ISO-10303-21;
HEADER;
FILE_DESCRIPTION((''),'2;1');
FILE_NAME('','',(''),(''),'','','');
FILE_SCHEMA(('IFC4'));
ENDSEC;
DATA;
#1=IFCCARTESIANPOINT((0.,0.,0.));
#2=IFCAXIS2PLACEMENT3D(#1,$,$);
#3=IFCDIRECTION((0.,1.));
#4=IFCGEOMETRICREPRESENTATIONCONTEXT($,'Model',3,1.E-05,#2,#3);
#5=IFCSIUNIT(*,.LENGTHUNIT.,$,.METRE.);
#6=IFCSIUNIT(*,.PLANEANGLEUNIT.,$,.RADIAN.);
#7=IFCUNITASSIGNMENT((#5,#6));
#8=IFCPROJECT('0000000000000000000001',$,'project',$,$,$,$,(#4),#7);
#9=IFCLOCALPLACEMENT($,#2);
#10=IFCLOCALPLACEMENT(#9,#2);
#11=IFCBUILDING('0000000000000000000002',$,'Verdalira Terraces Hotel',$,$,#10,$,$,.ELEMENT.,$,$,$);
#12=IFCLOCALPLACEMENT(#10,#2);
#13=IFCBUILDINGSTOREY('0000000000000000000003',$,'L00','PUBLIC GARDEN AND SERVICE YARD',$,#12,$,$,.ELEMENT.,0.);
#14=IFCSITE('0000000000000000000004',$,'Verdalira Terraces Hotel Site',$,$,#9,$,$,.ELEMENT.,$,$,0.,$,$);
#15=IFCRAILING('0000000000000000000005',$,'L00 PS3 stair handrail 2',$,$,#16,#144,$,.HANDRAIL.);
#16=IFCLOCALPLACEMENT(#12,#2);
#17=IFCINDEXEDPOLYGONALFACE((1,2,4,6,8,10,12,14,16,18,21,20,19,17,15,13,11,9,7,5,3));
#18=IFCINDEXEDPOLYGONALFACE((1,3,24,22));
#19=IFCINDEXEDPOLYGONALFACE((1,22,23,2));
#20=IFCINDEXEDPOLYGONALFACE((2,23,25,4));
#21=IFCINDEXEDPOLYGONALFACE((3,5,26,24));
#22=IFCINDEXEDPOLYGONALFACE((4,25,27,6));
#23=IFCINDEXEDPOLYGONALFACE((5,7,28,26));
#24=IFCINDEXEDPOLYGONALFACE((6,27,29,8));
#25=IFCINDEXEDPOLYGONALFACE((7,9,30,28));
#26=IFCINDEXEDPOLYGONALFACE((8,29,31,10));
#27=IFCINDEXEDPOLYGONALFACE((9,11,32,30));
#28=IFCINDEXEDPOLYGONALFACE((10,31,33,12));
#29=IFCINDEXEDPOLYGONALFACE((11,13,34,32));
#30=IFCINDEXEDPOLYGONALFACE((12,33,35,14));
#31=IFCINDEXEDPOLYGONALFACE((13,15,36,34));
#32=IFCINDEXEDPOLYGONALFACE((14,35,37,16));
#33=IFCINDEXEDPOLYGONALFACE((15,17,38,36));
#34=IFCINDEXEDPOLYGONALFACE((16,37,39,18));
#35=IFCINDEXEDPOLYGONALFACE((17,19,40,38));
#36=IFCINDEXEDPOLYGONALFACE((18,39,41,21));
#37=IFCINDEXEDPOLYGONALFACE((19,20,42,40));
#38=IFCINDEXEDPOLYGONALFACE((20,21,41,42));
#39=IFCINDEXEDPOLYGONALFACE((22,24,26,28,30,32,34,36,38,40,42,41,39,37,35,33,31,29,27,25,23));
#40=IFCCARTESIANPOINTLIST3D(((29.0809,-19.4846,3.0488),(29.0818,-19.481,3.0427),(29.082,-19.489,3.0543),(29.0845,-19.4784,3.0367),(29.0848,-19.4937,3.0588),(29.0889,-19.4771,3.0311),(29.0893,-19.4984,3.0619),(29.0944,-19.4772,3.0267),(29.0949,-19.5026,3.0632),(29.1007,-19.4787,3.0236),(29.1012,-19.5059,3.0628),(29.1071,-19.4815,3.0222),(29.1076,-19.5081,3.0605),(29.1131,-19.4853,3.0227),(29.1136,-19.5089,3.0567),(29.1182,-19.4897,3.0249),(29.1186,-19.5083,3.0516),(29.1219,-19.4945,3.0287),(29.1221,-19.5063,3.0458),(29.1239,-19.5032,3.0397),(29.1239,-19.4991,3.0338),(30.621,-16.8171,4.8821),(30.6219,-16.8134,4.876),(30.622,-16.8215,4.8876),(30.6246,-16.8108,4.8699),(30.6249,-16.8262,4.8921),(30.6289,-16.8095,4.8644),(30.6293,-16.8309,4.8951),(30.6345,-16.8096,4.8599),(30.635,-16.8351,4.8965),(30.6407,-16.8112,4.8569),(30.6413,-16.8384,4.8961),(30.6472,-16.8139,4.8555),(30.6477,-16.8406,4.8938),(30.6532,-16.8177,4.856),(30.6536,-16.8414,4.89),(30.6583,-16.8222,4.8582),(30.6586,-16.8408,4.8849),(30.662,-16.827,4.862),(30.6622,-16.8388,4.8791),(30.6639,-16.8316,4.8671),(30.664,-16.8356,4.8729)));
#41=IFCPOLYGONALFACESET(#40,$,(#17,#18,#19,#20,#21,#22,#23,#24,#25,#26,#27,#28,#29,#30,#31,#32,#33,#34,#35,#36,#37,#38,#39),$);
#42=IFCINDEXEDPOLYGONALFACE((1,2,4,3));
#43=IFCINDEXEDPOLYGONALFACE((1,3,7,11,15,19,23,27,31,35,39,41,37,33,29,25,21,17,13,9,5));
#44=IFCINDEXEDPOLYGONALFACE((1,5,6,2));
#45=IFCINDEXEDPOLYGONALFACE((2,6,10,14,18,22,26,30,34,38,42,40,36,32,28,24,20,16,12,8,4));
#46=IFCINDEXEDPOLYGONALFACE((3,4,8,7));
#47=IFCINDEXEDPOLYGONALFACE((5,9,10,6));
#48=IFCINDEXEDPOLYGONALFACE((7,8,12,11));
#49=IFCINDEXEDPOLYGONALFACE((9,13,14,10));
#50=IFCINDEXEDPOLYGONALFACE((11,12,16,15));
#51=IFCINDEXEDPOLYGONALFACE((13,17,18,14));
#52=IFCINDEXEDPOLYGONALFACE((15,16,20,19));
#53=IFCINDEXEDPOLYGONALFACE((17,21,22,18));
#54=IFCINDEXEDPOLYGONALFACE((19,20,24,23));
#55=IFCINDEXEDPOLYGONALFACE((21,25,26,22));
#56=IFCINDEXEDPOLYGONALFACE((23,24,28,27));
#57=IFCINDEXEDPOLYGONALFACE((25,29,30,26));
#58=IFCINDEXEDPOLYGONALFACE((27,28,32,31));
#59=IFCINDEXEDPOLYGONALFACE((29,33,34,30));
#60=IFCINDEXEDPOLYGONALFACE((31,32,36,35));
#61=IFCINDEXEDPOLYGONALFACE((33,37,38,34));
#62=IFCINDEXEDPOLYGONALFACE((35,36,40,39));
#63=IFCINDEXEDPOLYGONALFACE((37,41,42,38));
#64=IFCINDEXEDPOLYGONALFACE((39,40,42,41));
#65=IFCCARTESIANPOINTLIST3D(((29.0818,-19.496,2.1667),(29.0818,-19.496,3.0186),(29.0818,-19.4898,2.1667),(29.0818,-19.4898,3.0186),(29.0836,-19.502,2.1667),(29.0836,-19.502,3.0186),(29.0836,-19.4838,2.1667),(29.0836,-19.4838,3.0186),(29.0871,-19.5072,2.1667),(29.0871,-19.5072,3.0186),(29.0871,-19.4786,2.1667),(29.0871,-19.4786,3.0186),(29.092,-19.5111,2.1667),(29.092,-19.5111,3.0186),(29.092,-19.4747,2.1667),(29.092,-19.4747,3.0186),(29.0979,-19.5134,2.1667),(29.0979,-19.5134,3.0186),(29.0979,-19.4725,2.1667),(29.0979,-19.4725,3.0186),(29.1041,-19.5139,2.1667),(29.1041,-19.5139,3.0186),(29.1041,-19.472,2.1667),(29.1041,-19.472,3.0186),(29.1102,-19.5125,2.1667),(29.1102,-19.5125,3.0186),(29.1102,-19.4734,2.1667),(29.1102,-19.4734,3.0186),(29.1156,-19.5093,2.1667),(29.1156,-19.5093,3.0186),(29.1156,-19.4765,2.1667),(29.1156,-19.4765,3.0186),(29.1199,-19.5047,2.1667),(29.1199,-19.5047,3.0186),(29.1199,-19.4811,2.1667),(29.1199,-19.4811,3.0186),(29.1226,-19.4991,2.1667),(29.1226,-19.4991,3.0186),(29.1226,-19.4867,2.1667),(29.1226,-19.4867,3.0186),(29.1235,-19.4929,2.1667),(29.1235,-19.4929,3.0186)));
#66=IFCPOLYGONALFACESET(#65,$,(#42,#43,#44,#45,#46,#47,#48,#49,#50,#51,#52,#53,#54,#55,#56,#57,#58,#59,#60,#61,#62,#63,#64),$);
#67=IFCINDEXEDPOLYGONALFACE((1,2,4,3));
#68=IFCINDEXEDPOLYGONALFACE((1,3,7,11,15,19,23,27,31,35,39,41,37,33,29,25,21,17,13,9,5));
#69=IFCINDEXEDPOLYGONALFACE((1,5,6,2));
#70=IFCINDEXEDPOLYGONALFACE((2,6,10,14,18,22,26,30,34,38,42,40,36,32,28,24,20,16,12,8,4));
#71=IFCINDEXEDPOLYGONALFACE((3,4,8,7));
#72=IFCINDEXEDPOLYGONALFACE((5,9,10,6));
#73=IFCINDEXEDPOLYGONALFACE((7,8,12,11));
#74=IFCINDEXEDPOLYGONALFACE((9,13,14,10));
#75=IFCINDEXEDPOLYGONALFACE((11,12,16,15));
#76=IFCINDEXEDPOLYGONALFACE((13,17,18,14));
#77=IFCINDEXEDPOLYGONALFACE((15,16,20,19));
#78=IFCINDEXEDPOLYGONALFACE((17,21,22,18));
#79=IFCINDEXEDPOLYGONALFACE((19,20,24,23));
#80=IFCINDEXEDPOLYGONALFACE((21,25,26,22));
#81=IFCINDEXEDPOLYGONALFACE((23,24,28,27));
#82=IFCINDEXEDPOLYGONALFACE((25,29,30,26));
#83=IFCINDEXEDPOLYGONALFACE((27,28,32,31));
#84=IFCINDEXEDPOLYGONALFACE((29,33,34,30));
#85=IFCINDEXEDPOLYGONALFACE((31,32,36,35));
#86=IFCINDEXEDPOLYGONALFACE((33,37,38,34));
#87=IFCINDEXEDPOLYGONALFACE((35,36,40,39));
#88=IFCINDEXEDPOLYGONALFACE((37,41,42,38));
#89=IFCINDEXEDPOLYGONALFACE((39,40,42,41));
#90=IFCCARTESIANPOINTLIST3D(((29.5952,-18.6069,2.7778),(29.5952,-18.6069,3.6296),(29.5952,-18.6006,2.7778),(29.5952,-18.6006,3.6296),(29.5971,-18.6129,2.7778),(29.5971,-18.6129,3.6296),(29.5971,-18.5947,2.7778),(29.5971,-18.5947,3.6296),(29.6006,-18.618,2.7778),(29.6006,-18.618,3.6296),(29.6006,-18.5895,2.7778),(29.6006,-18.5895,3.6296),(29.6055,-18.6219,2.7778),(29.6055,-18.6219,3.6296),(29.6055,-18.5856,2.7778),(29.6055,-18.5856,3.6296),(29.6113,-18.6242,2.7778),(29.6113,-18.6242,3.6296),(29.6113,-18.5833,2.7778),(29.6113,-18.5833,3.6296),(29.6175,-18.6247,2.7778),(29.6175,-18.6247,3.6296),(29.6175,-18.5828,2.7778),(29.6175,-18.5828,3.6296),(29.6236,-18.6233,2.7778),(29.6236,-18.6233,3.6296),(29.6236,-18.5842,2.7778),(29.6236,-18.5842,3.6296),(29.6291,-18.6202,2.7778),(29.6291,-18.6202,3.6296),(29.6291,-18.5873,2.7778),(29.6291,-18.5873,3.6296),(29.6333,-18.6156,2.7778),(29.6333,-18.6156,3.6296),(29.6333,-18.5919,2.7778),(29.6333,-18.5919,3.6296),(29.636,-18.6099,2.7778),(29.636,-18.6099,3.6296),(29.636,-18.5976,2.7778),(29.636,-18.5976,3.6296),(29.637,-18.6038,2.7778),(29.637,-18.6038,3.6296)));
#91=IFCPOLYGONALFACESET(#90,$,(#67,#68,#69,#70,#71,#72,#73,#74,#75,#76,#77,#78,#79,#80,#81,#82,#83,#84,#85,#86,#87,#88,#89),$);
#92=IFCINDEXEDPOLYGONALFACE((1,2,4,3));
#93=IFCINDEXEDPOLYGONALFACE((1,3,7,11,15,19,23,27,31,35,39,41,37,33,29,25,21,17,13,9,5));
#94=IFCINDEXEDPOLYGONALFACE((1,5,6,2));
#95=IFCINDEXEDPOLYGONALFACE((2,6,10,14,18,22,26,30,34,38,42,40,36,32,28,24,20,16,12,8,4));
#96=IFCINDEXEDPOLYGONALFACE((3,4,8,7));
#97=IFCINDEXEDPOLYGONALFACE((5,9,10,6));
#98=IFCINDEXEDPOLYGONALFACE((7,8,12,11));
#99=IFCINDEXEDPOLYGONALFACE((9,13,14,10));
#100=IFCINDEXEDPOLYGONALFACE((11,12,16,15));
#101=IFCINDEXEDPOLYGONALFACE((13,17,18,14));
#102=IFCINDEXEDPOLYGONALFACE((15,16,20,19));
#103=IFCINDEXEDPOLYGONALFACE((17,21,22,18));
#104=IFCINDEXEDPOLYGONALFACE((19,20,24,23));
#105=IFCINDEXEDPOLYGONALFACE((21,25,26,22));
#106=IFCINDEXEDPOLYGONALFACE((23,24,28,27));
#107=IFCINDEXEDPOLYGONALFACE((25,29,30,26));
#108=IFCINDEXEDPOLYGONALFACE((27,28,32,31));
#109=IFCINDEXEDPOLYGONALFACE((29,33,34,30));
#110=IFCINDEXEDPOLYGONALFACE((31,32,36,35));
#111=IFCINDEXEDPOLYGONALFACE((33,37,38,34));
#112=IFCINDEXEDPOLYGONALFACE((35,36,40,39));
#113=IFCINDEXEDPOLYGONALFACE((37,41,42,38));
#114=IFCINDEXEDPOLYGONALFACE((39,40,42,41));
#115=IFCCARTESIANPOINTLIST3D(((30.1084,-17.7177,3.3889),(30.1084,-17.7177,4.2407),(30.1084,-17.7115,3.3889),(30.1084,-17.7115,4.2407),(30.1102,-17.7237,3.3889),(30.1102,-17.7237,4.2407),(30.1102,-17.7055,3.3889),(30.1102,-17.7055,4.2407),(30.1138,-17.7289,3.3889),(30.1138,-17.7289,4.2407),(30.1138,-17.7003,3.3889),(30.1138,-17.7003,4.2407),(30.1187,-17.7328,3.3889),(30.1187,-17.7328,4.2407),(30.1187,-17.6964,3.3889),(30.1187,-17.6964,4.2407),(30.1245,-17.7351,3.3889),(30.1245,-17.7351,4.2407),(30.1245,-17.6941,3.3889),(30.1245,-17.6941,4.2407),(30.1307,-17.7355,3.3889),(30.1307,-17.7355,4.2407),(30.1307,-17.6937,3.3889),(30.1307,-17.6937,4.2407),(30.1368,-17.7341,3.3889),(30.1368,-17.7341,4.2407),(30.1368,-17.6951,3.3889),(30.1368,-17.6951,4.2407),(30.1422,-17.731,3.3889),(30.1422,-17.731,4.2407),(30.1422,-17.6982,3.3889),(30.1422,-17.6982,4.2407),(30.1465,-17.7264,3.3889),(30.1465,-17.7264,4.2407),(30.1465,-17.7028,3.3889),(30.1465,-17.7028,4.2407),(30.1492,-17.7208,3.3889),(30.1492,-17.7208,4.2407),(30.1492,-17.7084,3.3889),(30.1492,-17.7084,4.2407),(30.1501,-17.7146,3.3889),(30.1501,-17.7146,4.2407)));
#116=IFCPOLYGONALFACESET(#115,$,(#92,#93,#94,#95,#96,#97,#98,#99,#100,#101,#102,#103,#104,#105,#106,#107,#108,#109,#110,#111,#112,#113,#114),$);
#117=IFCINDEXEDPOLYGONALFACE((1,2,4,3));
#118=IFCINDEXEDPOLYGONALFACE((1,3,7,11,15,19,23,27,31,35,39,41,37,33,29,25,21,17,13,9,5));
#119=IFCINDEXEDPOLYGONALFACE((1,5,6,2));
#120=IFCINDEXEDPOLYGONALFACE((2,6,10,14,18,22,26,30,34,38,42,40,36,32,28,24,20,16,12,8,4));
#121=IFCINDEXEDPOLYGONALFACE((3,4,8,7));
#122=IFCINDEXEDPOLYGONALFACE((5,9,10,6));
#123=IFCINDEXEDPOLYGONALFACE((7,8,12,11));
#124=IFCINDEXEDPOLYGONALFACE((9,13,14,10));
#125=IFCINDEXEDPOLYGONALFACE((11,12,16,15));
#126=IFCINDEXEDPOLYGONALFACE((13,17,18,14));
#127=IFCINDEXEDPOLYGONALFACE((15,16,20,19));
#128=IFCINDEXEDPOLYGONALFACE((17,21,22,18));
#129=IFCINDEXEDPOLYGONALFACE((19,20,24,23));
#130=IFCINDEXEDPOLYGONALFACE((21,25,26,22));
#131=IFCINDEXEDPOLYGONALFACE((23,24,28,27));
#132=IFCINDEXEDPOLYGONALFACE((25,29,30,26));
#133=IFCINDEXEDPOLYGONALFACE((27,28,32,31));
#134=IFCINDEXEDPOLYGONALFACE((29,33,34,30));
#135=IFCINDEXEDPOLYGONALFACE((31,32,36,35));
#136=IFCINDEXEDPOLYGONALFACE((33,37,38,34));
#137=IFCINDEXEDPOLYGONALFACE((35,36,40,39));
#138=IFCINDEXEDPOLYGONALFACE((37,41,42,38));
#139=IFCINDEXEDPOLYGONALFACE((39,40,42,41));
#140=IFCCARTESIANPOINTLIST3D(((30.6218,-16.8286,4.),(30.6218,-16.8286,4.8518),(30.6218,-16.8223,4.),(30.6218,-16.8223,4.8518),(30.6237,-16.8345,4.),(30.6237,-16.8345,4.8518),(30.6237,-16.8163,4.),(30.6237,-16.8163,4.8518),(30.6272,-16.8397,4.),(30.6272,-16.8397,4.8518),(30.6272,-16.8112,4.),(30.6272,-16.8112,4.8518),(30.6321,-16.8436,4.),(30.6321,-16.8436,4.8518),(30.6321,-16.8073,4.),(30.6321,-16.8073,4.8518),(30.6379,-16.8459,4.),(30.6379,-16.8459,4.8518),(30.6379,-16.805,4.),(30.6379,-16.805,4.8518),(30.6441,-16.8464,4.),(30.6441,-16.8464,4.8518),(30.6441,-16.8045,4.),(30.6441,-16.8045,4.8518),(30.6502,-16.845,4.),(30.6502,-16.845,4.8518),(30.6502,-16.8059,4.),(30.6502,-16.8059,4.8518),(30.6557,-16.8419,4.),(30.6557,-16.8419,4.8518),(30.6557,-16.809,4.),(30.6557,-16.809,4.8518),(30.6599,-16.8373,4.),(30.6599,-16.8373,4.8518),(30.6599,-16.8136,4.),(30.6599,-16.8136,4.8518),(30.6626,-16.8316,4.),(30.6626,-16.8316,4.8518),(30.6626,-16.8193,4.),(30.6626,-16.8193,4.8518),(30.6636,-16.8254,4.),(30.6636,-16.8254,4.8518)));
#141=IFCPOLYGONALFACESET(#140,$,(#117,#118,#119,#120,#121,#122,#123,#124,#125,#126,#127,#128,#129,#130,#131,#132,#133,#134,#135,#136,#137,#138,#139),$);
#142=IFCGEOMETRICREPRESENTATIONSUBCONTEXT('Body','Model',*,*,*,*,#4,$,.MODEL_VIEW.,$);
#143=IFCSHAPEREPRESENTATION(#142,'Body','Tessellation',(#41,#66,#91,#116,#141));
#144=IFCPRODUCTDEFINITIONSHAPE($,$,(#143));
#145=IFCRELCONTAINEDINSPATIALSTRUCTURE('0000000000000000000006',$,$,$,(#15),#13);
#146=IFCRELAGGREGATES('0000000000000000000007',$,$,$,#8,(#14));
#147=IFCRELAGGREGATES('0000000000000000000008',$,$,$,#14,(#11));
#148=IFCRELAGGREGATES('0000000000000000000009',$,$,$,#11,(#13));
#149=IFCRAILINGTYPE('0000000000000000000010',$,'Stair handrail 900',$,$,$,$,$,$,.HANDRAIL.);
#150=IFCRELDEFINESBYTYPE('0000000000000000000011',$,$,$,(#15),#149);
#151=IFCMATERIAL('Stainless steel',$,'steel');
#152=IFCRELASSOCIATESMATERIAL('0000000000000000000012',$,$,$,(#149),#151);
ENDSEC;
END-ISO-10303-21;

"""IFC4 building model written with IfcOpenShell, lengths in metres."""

from ifc_helpers import new_model, si_unit, direction, frame, origin, origin_2d, place, context, subcontext, project, spatial, circle, extrude, material, type_object, element, save


model = new_model("IFC4")

# Units and contexts
model_context = context("Model", 3, precision=1e-05, world=origin(), true_north=direction((0.0, 1.0)))
body_context = subcontext(model_context, "Body", "Model", "MODEL_VIEW")
ifc_project = project(units=[si_unit("LENGTHUNIT", "METRE"), si_unit("PLANEANGLEUNIT", "RADIAN")], contexts=[model_context])

# Site, building, storey
site_placement = place(None, origin())
site = spatial("IfcSite", under=ifc_project, at=site_placement, Name="Verdalira Terraces Hotel Site", CompositionType="ELEMENT", RefElevation=0.0)
building_placement = place(site_placement, origin())
building = spatial("IfcBuilding", under=site, at=building_placement, Name="Verdalira Terraces Hotel", CompositionType="ELEMENT")
storey_placement = place(building_placement, origin())
storey = spatial("IfcBuildingStorey", under=building, at=storey_placement, Name="L00", Description="PUBLIC GARDEN AND SERVICE YARD", CompositionType="ELEMENT", Elevation=0.0)

# Railing
ifc_material_1 = material(Name="Stainless steel", Category="steel")
railing_type_1 = type_object("IfcRailingType", Name="Stair handrail 900", PredefinedType="HANDRAIL", material=ifc_material_1)
for number, where, name in (
    (1, (29.1025, -19.4929, 2.1667), "L00 PS3 stair handrail 2"),
):
    element("IfcRailing", number, at=place(storey_placement, frame(where)), inside=storey, type_object=railing_type_1, Name=name, PredefinedType="HANDRAIL", context=body_context, shape_type="SweptSolid", body=[
        extrude(circle(Radius=0.0239, at=origin_2d()), frame((0.0, 0.0, 0.876), z_axis=(0.429649, 0.74419, 0.511452), x_axis=(-0.86603, 0.499992, 0.0)), (0.0, 0.0, 1.0), 3.5845),
        extrude(circle(Radius=0.021, at=origin_2d()), origin(), (0.0, 0.0, 1.0), 0.8518),
        extrude(circle(Radius=0.021, at=origin_2d()), frame((0.5134, 0.8892, 0.6111)), (0.0, 0.0, 1.0), 0.8518),
        extrude(circle(Radius=0.021, at=origin_2d()), frame((1.0266, 1.7783, 1.2222)), (0.0, 0.0, 1.0), 0.8518),
        extrude(circle(Radius=0.021, at=origin_2d()), frame((1.54, 2.6675, 1.8333)), (0.0, 0.0, 1.0), 0.8518),
    ])

save(model, "model.ifc")
